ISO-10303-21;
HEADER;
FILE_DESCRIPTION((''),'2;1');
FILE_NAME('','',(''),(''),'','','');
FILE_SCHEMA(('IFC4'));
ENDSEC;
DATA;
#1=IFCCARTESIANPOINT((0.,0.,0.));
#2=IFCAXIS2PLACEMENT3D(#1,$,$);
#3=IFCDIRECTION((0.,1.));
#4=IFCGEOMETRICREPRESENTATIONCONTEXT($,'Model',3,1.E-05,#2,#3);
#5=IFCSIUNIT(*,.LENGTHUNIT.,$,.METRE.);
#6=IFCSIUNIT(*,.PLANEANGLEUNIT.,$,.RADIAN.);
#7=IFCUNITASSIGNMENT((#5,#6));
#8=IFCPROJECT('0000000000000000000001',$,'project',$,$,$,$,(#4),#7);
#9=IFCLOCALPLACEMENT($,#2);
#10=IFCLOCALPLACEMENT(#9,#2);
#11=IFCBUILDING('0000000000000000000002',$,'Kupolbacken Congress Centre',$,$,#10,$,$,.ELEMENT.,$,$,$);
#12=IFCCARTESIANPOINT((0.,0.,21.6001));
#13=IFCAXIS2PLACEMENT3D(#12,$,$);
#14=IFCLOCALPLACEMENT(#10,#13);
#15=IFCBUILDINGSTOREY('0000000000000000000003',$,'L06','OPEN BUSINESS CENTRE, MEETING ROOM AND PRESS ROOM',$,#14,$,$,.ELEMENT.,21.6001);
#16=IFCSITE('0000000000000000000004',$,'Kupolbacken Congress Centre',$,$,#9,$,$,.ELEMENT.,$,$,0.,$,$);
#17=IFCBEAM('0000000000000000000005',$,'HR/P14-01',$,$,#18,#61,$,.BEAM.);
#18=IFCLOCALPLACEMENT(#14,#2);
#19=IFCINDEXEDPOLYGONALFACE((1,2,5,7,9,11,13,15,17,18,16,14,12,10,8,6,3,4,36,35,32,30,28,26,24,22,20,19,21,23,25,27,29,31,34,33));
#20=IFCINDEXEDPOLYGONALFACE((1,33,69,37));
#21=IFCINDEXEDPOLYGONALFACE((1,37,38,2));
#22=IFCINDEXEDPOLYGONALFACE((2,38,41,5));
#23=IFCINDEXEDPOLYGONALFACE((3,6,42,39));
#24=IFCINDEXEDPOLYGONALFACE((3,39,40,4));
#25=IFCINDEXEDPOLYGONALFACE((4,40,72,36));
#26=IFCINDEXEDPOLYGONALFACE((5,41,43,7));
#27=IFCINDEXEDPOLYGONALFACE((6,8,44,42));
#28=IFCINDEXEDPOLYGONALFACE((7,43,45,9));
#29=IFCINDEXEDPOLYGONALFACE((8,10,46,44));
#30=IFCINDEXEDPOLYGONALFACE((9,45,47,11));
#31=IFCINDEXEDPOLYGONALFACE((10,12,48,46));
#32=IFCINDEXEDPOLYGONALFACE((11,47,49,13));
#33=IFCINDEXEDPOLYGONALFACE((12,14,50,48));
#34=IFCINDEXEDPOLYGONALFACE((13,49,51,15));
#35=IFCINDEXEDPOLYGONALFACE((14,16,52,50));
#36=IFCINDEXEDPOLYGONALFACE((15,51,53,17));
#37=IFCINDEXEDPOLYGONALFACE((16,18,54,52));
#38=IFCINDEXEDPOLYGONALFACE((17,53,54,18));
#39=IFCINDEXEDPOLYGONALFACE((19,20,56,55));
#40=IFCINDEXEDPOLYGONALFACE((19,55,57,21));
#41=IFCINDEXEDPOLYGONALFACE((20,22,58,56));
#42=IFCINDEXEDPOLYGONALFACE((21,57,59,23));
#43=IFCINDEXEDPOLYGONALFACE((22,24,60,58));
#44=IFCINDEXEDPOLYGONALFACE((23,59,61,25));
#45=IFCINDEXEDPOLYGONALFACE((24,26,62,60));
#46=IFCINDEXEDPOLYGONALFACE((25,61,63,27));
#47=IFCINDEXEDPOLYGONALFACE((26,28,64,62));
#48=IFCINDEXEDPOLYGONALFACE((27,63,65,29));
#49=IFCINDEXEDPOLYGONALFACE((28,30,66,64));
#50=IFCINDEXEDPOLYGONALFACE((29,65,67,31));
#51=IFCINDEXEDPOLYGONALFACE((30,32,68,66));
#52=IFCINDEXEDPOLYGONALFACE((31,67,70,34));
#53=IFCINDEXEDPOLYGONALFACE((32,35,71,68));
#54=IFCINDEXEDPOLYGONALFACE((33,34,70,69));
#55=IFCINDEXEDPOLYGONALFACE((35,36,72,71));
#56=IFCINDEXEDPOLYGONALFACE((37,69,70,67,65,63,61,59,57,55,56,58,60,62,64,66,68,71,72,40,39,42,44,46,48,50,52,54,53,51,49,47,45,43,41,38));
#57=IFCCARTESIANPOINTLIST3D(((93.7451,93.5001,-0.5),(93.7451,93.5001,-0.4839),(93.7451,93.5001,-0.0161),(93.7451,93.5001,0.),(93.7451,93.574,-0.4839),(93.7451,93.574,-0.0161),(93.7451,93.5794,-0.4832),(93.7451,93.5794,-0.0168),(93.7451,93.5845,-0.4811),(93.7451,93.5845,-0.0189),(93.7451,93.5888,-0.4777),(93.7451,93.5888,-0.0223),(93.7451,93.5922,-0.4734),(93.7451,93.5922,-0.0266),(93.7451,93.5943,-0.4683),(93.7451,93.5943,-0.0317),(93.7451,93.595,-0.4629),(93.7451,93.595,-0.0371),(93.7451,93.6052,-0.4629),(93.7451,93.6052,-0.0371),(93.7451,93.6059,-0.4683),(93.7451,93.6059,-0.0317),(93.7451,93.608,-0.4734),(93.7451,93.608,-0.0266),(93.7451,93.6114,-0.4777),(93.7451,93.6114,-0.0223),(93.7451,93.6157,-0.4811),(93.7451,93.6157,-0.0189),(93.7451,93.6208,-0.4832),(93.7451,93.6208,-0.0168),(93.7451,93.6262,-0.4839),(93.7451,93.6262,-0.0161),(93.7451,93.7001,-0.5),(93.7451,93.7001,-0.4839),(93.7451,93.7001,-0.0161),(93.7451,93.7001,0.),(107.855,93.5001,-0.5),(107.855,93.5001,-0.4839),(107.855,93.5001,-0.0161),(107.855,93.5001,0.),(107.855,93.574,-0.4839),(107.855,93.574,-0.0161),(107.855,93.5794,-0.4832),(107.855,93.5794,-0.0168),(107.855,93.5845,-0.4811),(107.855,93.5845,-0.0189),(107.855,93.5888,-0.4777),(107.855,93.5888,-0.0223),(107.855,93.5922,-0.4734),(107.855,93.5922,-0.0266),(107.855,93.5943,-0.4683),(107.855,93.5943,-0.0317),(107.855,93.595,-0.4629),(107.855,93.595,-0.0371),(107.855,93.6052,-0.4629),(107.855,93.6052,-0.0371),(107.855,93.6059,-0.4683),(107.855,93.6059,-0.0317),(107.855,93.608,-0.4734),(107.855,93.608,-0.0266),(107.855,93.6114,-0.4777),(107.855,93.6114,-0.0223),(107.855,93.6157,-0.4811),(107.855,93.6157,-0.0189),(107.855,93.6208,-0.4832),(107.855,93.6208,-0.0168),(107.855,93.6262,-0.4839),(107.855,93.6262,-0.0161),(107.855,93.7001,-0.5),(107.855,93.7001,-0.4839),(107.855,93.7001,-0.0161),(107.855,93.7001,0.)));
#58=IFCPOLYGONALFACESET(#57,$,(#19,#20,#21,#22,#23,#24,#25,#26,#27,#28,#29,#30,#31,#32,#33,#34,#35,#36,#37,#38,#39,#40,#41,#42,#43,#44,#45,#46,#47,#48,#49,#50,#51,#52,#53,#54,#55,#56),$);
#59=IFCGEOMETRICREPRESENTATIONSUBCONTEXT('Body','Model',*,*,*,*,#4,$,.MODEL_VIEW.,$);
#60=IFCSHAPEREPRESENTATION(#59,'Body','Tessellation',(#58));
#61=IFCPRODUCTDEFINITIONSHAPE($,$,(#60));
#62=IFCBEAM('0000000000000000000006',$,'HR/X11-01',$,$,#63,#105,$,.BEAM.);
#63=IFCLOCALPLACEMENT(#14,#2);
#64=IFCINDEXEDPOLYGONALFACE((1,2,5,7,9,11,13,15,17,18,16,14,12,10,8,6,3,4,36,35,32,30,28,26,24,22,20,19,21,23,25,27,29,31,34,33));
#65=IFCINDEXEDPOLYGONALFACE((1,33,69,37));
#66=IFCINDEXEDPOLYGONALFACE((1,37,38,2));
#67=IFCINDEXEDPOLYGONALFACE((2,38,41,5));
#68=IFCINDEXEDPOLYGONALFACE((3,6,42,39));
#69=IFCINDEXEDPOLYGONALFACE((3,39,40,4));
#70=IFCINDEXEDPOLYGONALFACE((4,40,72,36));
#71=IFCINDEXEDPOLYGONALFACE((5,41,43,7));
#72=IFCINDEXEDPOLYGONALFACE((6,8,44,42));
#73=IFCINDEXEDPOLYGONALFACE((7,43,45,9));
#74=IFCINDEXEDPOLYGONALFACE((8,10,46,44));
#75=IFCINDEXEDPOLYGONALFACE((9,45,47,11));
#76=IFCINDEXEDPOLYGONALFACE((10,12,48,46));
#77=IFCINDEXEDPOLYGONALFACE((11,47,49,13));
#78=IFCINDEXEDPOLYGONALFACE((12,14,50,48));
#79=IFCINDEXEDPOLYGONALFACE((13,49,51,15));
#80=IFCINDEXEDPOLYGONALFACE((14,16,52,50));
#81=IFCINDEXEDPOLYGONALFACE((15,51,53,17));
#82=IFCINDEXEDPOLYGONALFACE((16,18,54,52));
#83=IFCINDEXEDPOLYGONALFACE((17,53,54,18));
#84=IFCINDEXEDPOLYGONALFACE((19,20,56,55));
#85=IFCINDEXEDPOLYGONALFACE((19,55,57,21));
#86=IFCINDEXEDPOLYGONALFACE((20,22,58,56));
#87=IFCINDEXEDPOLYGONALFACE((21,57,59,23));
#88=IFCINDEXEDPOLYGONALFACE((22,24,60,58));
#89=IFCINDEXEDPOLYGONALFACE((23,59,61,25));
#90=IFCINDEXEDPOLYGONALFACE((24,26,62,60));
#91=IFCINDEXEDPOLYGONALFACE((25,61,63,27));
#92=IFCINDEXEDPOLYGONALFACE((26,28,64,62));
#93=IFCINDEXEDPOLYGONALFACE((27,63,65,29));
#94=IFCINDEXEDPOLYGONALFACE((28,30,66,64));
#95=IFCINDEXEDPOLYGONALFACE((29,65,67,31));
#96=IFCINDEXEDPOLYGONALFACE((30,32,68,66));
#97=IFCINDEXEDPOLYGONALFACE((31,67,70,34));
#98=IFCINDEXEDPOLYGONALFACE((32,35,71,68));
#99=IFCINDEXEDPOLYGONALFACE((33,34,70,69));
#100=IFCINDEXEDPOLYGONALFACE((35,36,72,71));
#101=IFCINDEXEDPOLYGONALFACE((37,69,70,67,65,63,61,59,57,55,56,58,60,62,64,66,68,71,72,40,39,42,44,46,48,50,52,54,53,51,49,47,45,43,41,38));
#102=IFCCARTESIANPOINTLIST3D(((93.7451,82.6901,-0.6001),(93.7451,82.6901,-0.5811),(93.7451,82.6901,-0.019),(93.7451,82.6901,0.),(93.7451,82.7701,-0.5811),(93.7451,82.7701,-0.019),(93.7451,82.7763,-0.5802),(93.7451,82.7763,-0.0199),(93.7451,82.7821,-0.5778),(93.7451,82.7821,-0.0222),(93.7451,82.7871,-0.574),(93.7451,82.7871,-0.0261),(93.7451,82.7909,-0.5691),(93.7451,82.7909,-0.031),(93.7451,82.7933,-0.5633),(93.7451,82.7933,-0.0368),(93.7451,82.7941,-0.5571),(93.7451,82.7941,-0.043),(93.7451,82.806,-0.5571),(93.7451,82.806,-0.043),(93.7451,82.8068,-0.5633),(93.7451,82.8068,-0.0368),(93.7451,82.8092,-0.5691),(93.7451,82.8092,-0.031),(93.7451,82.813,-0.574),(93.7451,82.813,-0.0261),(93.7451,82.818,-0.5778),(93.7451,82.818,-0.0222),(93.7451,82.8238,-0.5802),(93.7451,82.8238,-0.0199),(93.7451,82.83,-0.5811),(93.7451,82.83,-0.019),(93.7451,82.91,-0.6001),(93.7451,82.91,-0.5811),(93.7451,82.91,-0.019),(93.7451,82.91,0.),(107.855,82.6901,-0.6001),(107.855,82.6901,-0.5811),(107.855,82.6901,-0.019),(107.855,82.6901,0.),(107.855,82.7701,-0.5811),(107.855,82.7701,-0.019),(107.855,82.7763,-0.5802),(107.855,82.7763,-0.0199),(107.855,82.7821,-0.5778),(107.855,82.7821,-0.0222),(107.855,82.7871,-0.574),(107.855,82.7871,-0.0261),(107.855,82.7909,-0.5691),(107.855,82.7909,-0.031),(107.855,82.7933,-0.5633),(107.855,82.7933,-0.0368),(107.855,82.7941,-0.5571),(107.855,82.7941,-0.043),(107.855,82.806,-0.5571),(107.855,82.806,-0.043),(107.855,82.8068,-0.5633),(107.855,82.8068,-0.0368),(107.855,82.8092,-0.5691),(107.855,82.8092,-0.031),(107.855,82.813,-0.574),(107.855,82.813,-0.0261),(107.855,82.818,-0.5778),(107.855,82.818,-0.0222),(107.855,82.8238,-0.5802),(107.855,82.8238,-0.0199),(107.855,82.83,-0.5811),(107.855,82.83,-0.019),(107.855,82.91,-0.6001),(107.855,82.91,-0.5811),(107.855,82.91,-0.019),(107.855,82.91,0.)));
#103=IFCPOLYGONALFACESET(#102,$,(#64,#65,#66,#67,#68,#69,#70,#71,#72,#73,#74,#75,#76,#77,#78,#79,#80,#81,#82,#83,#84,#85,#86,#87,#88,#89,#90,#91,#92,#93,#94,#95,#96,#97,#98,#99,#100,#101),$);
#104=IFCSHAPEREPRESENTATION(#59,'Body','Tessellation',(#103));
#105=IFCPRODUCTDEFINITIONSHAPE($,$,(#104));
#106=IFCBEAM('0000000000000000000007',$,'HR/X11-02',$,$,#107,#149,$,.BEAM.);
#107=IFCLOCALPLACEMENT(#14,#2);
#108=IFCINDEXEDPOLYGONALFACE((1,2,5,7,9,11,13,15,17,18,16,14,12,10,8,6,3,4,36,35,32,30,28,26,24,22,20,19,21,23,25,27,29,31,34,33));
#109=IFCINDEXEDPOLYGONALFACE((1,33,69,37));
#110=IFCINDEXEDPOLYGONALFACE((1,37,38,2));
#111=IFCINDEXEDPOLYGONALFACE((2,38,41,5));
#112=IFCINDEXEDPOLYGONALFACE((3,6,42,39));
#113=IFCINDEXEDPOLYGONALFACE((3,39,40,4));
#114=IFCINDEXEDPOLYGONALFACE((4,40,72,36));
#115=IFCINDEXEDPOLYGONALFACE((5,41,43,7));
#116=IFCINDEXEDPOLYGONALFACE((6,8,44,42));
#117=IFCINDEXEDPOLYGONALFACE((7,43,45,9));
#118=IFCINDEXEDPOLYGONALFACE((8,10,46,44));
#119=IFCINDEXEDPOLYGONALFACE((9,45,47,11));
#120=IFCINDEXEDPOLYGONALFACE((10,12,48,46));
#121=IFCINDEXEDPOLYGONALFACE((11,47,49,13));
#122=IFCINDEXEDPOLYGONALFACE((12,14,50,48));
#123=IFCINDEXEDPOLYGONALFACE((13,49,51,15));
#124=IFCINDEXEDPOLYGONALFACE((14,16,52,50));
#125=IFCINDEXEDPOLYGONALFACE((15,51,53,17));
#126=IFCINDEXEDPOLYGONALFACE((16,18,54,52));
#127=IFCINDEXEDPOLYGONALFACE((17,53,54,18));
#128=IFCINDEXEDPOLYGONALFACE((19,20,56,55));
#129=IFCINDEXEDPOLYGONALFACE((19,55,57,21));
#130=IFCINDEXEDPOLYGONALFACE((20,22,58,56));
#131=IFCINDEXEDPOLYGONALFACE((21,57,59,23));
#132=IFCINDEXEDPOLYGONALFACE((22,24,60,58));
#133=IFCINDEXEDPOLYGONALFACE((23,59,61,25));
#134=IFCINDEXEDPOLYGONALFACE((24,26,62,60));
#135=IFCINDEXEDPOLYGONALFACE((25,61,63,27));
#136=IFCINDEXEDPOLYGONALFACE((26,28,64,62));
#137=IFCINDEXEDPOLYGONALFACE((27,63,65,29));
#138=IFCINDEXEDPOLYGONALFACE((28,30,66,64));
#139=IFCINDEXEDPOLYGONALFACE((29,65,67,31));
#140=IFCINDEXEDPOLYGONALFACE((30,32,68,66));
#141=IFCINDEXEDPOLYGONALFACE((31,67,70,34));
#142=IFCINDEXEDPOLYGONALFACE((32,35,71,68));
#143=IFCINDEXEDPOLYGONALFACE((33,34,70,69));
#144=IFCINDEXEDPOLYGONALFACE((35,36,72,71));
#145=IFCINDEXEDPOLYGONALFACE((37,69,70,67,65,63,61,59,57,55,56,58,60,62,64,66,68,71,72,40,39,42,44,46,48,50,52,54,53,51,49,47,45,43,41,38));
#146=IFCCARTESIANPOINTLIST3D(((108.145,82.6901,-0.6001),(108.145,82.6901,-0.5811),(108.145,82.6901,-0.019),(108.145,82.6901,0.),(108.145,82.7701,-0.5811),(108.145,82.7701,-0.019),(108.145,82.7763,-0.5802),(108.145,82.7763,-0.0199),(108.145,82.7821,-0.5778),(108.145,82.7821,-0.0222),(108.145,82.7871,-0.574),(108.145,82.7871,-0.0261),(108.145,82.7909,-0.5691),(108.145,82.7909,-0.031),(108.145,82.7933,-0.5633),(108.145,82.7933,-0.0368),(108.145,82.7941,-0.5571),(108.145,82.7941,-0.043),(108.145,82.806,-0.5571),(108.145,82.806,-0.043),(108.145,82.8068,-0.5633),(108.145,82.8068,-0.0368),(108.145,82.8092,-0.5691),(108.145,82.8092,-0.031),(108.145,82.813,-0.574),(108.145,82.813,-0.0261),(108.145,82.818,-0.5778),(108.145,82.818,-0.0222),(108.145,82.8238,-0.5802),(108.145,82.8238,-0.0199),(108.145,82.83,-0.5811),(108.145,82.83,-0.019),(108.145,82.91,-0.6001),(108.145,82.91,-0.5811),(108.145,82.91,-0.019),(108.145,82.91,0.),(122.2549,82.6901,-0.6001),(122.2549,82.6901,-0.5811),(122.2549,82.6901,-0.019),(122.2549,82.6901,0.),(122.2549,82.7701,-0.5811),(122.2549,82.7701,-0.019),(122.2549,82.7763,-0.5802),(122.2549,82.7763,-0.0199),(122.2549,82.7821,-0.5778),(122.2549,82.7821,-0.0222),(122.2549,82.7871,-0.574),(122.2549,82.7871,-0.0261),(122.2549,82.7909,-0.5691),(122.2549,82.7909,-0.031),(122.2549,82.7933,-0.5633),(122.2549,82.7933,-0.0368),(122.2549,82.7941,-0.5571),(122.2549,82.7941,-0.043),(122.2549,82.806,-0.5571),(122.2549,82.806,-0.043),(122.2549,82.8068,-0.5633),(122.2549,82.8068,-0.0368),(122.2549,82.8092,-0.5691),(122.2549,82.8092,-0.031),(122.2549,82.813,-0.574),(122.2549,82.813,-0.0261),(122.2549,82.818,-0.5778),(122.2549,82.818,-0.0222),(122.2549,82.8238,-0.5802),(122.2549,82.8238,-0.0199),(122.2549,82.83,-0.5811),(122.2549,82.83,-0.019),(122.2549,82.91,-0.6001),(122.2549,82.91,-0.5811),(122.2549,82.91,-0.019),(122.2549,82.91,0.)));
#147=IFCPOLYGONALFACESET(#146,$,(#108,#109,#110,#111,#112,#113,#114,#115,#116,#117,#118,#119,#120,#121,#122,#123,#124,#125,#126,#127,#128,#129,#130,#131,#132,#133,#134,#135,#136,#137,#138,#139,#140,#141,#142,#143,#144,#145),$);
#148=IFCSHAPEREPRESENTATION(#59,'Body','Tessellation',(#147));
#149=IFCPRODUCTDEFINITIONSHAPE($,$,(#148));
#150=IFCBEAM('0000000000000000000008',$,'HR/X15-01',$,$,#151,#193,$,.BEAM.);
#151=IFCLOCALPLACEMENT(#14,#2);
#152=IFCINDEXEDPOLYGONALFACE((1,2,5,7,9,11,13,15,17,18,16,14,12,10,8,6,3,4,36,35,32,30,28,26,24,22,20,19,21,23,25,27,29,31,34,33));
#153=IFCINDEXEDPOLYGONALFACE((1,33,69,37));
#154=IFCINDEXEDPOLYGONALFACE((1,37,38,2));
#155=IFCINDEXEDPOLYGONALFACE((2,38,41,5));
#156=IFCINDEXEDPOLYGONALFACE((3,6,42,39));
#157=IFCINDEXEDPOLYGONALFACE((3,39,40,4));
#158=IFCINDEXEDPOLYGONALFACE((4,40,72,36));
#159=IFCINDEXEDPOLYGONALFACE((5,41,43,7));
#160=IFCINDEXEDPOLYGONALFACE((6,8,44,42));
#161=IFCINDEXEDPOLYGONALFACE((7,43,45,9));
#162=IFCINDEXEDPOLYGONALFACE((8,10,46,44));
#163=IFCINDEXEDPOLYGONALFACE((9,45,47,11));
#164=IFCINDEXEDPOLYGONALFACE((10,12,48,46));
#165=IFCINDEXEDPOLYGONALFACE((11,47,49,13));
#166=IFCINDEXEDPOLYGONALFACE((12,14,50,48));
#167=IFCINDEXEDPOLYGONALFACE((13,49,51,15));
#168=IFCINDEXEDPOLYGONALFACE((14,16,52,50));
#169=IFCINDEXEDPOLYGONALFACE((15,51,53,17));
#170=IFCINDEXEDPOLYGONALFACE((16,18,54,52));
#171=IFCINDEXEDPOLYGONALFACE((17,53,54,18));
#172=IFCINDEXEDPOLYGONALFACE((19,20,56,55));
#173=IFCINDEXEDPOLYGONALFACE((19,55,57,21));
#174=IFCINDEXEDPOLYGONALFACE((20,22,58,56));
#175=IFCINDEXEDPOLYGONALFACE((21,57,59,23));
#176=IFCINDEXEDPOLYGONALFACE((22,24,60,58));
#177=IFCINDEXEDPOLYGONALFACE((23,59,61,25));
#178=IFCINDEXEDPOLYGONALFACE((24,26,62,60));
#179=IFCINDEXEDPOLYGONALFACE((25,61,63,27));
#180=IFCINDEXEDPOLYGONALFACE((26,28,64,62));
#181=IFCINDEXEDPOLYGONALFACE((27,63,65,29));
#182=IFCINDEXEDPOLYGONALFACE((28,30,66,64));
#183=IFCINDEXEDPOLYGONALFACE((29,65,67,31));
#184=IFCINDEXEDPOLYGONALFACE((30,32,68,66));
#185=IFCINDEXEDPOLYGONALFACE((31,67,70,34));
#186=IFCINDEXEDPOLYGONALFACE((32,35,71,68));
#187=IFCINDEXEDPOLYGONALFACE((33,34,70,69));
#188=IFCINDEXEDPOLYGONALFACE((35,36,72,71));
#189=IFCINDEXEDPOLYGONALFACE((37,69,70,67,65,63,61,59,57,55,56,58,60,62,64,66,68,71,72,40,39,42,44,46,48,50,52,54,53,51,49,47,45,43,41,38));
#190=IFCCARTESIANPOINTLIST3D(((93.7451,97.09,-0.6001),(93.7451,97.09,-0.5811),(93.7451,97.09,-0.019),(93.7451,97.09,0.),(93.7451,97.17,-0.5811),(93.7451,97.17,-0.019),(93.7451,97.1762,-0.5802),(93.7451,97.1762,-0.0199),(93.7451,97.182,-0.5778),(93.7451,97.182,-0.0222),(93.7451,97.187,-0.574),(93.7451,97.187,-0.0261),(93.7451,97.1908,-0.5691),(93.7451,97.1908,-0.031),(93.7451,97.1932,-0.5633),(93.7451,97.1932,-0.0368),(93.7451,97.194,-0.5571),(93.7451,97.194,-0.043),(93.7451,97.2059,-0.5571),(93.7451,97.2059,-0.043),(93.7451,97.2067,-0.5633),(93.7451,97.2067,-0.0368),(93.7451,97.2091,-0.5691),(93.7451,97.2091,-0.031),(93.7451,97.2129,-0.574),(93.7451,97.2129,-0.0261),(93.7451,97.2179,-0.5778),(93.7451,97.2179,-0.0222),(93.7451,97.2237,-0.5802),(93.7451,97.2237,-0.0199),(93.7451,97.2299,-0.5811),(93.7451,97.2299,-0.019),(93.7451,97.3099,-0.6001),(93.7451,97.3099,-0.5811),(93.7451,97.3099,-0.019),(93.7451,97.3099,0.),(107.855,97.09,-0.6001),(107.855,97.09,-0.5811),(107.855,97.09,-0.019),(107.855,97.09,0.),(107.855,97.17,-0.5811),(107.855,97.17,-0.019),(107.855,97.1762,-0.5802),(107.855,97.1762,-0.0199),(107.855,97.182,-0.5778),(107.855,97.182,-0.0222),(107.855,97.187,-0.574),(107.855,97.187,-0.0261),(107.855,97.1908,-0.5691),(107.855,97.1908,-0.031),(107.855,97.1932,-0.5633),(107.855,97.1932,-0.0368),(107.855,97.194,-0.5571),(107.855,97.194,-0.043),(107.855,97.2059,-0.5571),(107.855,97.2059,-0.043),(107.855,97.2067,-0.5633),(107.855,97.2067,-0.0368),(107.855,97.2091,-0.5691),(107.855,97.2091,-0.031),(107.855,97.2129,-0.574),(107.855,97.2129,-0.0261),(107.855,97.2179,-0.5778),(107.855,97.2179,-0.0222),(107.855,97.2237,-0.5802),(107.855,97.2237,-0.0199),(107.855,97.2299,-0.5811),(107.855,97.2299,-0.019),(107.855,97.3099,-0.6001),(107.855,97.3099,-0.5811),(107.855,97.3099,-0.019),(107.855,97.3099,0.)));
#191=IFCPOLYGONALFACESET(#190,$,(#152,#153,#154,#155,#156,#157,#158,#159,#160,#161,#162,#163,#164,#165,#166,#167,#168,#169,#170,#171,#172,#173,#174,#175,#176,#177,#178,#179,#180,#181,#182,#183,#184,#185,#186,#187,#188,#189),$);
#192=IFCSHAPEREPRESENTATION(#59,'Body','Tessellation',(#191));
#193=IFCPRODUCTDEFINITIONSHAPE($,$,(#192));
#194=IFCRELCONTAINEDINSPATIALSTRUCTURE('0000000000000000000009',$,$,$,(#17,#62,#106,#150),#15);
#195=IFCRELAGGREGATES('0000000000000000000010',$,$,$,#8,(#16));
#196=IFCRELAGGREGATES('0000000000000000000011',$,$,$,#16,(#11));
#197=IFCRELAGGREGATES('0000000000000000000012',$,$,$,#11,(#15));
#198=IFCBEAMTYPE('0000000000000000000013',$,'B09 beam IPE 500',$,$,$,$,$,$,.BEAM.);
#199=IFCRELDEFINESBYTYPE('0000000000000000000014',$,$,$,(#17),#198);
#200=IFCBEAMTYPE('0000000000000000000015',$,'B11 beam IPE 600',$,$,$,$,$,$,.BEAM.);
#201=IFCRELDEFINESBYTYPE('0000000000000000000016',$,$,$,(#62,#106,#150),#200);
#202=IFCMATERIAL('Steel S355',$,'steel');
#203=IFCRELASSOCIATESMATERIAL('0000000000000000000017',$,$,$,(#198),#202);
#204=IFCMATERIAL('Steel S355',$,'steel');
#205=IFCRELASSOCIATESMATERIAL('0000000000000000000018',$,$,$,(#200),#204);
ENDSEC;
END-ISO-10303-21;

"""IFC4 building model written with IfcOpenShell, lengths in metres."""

from ifc_helpers import new_model, si_unit, direction, frame, origin, origin_2d, place, context, subcontext, project, spatial, i_section, extrude, material, material_profile, profile_set, type_object, element, save


model = new_model("IFC4")

# Units and contexts
model_context = context("Model", 3, precision=1e-05, world=origin(), true_north=direction((0.0, 1.0)))
body_context = subcontext(model_context, "Body", "Model", "MODEL_VIEW")
ifc_project = project(units=[si_unit("LENGTHUNIT", "METRE"), si_unit("PLANEANGLEUNIT", "RADIAN")], contexts=[model_context])

# Site, building, storey
site_placement = place(None, origin())
site = spatial("IfcSite", under=ifc_project, at=site_placement, Name="Kupolbacken Congress Centre", CompositionType="ELEMENT", RefElevation=0.0)
building_placement = place(site_placement, origin())
building = spatial("IfcBuilding", under=site, at=building_placement, Name="Kupolbacken Congress Centre", CompositionType="ELEMENT")
storey_placement = place(building_placement, frame((0.0, 0.0, 21.6001)))
storey = spatial("IfcBuildingStorey", under=building, at=storey_placement, Name="L06", Description="OPEN BUSINESS CENTRE, MEETING ROOM AND PRESS ROOM", CompositionType="ELEMENT", Elevation=21.6001)

# Beams
ifc_material_1 = material(Name="Steel S355", Category="steel")
ifc_material_profile_1 = material_profile(ifc_material_1, i_section(OverallWidth=0.2, OverallDepth=0.5, WebThickness=0.0103, FlangeThickness=0.0161, FilletRadius=0.021, at=origin_2d()), Name="IPE 500")
ifc_profile_set_1 = profile_set([ifc_material_profile_1], Name="Steel S355")
beam_type_1 = type_object("IfcBeamType", Name="B09 beam IPE 500", PredefinedType="BEAM", material=ifc_profile_set_1)
for number, where, z_axis, x_axis, name in (
    (1, (93.7451, 93.6001, -0.25), (1.0, 0.0, 0.0), (0.0, 1.0, 0.0), "HR/P14-01"),
):
    element("IfcBeam", number, at=place(storey_placement, frame(where, z_axis=z_axis, x_axis=x_axis)), inside=storey, type_object=beam_type_1, Name=name, PredefinedType="BEAM", context=body_context, shape_type="SweptSolid", body=[
        extrude(i_section(OverallWidth=0.2, OverallDepth=0.5, WebThickness=0.0103, FlangeThickness=0.0161, FilletRadius=0.021, at=origin_2d()), origin(), (0.0, 0.0, 1.0), 14.1099),
    ])
ifc_material_2 = material(Name="Steel S355", Category="steel")
ifc_material_profile_2 = material_profile(ifc_material_2, i_section(OverallWidth=0.22, OverallDepth=0.6001, WebThickness=0.012, FlangeThickness=0.019, FilletRadius=0.0239, at=origin_2d()), Name="IPE 600")
ifc_profile_set_2 = profile_set([ifc_material_profile_2], Name="Steel S355")
beam_type_2 = type_object("IfcBeamType", Name="B11 beam IPE 600", PredefinedType="BEAM", material=ifc_profile_set_2)
for number, where, z_axis, x_axis, name in (
    (2, (93.7451, 82.8, -0.3), (1.0, 0.0, 0.0), (0.0, 1.0, 0.0), "HR/X11-01"),
    (3, (108.145, 82.8, -0.3), (1.0, 0.0, 0.0), (0.0, 1.0, 0.0), "HR/X11-02"),
    (4, (93.7451, 97.2, -0.3), (1.0, 0.0, 0.0), (0.0, 1.0, 0.0), "HR/X15-01"),
):
    element("IfcBeam", number, at=place(storey_placement, frame(where, z_axis=z_axis, x_axis=x_axis)), inside=storey, type_object=beam_type_2, Name=name, PredefinedType="BEAM", context=body_context, shape_type="SweptSolid", body=[
        extrude(i_section(OverallWidth=0.22, OverallDepth=0.6001, WebThickness=0.012, FlangeThickness=0.019, FilletRadius=0.0239, at=origin_2d()), origin(), (0.0, 0.0, 1.0), 14.1099),
    ])

save(model, "model.ifc")
